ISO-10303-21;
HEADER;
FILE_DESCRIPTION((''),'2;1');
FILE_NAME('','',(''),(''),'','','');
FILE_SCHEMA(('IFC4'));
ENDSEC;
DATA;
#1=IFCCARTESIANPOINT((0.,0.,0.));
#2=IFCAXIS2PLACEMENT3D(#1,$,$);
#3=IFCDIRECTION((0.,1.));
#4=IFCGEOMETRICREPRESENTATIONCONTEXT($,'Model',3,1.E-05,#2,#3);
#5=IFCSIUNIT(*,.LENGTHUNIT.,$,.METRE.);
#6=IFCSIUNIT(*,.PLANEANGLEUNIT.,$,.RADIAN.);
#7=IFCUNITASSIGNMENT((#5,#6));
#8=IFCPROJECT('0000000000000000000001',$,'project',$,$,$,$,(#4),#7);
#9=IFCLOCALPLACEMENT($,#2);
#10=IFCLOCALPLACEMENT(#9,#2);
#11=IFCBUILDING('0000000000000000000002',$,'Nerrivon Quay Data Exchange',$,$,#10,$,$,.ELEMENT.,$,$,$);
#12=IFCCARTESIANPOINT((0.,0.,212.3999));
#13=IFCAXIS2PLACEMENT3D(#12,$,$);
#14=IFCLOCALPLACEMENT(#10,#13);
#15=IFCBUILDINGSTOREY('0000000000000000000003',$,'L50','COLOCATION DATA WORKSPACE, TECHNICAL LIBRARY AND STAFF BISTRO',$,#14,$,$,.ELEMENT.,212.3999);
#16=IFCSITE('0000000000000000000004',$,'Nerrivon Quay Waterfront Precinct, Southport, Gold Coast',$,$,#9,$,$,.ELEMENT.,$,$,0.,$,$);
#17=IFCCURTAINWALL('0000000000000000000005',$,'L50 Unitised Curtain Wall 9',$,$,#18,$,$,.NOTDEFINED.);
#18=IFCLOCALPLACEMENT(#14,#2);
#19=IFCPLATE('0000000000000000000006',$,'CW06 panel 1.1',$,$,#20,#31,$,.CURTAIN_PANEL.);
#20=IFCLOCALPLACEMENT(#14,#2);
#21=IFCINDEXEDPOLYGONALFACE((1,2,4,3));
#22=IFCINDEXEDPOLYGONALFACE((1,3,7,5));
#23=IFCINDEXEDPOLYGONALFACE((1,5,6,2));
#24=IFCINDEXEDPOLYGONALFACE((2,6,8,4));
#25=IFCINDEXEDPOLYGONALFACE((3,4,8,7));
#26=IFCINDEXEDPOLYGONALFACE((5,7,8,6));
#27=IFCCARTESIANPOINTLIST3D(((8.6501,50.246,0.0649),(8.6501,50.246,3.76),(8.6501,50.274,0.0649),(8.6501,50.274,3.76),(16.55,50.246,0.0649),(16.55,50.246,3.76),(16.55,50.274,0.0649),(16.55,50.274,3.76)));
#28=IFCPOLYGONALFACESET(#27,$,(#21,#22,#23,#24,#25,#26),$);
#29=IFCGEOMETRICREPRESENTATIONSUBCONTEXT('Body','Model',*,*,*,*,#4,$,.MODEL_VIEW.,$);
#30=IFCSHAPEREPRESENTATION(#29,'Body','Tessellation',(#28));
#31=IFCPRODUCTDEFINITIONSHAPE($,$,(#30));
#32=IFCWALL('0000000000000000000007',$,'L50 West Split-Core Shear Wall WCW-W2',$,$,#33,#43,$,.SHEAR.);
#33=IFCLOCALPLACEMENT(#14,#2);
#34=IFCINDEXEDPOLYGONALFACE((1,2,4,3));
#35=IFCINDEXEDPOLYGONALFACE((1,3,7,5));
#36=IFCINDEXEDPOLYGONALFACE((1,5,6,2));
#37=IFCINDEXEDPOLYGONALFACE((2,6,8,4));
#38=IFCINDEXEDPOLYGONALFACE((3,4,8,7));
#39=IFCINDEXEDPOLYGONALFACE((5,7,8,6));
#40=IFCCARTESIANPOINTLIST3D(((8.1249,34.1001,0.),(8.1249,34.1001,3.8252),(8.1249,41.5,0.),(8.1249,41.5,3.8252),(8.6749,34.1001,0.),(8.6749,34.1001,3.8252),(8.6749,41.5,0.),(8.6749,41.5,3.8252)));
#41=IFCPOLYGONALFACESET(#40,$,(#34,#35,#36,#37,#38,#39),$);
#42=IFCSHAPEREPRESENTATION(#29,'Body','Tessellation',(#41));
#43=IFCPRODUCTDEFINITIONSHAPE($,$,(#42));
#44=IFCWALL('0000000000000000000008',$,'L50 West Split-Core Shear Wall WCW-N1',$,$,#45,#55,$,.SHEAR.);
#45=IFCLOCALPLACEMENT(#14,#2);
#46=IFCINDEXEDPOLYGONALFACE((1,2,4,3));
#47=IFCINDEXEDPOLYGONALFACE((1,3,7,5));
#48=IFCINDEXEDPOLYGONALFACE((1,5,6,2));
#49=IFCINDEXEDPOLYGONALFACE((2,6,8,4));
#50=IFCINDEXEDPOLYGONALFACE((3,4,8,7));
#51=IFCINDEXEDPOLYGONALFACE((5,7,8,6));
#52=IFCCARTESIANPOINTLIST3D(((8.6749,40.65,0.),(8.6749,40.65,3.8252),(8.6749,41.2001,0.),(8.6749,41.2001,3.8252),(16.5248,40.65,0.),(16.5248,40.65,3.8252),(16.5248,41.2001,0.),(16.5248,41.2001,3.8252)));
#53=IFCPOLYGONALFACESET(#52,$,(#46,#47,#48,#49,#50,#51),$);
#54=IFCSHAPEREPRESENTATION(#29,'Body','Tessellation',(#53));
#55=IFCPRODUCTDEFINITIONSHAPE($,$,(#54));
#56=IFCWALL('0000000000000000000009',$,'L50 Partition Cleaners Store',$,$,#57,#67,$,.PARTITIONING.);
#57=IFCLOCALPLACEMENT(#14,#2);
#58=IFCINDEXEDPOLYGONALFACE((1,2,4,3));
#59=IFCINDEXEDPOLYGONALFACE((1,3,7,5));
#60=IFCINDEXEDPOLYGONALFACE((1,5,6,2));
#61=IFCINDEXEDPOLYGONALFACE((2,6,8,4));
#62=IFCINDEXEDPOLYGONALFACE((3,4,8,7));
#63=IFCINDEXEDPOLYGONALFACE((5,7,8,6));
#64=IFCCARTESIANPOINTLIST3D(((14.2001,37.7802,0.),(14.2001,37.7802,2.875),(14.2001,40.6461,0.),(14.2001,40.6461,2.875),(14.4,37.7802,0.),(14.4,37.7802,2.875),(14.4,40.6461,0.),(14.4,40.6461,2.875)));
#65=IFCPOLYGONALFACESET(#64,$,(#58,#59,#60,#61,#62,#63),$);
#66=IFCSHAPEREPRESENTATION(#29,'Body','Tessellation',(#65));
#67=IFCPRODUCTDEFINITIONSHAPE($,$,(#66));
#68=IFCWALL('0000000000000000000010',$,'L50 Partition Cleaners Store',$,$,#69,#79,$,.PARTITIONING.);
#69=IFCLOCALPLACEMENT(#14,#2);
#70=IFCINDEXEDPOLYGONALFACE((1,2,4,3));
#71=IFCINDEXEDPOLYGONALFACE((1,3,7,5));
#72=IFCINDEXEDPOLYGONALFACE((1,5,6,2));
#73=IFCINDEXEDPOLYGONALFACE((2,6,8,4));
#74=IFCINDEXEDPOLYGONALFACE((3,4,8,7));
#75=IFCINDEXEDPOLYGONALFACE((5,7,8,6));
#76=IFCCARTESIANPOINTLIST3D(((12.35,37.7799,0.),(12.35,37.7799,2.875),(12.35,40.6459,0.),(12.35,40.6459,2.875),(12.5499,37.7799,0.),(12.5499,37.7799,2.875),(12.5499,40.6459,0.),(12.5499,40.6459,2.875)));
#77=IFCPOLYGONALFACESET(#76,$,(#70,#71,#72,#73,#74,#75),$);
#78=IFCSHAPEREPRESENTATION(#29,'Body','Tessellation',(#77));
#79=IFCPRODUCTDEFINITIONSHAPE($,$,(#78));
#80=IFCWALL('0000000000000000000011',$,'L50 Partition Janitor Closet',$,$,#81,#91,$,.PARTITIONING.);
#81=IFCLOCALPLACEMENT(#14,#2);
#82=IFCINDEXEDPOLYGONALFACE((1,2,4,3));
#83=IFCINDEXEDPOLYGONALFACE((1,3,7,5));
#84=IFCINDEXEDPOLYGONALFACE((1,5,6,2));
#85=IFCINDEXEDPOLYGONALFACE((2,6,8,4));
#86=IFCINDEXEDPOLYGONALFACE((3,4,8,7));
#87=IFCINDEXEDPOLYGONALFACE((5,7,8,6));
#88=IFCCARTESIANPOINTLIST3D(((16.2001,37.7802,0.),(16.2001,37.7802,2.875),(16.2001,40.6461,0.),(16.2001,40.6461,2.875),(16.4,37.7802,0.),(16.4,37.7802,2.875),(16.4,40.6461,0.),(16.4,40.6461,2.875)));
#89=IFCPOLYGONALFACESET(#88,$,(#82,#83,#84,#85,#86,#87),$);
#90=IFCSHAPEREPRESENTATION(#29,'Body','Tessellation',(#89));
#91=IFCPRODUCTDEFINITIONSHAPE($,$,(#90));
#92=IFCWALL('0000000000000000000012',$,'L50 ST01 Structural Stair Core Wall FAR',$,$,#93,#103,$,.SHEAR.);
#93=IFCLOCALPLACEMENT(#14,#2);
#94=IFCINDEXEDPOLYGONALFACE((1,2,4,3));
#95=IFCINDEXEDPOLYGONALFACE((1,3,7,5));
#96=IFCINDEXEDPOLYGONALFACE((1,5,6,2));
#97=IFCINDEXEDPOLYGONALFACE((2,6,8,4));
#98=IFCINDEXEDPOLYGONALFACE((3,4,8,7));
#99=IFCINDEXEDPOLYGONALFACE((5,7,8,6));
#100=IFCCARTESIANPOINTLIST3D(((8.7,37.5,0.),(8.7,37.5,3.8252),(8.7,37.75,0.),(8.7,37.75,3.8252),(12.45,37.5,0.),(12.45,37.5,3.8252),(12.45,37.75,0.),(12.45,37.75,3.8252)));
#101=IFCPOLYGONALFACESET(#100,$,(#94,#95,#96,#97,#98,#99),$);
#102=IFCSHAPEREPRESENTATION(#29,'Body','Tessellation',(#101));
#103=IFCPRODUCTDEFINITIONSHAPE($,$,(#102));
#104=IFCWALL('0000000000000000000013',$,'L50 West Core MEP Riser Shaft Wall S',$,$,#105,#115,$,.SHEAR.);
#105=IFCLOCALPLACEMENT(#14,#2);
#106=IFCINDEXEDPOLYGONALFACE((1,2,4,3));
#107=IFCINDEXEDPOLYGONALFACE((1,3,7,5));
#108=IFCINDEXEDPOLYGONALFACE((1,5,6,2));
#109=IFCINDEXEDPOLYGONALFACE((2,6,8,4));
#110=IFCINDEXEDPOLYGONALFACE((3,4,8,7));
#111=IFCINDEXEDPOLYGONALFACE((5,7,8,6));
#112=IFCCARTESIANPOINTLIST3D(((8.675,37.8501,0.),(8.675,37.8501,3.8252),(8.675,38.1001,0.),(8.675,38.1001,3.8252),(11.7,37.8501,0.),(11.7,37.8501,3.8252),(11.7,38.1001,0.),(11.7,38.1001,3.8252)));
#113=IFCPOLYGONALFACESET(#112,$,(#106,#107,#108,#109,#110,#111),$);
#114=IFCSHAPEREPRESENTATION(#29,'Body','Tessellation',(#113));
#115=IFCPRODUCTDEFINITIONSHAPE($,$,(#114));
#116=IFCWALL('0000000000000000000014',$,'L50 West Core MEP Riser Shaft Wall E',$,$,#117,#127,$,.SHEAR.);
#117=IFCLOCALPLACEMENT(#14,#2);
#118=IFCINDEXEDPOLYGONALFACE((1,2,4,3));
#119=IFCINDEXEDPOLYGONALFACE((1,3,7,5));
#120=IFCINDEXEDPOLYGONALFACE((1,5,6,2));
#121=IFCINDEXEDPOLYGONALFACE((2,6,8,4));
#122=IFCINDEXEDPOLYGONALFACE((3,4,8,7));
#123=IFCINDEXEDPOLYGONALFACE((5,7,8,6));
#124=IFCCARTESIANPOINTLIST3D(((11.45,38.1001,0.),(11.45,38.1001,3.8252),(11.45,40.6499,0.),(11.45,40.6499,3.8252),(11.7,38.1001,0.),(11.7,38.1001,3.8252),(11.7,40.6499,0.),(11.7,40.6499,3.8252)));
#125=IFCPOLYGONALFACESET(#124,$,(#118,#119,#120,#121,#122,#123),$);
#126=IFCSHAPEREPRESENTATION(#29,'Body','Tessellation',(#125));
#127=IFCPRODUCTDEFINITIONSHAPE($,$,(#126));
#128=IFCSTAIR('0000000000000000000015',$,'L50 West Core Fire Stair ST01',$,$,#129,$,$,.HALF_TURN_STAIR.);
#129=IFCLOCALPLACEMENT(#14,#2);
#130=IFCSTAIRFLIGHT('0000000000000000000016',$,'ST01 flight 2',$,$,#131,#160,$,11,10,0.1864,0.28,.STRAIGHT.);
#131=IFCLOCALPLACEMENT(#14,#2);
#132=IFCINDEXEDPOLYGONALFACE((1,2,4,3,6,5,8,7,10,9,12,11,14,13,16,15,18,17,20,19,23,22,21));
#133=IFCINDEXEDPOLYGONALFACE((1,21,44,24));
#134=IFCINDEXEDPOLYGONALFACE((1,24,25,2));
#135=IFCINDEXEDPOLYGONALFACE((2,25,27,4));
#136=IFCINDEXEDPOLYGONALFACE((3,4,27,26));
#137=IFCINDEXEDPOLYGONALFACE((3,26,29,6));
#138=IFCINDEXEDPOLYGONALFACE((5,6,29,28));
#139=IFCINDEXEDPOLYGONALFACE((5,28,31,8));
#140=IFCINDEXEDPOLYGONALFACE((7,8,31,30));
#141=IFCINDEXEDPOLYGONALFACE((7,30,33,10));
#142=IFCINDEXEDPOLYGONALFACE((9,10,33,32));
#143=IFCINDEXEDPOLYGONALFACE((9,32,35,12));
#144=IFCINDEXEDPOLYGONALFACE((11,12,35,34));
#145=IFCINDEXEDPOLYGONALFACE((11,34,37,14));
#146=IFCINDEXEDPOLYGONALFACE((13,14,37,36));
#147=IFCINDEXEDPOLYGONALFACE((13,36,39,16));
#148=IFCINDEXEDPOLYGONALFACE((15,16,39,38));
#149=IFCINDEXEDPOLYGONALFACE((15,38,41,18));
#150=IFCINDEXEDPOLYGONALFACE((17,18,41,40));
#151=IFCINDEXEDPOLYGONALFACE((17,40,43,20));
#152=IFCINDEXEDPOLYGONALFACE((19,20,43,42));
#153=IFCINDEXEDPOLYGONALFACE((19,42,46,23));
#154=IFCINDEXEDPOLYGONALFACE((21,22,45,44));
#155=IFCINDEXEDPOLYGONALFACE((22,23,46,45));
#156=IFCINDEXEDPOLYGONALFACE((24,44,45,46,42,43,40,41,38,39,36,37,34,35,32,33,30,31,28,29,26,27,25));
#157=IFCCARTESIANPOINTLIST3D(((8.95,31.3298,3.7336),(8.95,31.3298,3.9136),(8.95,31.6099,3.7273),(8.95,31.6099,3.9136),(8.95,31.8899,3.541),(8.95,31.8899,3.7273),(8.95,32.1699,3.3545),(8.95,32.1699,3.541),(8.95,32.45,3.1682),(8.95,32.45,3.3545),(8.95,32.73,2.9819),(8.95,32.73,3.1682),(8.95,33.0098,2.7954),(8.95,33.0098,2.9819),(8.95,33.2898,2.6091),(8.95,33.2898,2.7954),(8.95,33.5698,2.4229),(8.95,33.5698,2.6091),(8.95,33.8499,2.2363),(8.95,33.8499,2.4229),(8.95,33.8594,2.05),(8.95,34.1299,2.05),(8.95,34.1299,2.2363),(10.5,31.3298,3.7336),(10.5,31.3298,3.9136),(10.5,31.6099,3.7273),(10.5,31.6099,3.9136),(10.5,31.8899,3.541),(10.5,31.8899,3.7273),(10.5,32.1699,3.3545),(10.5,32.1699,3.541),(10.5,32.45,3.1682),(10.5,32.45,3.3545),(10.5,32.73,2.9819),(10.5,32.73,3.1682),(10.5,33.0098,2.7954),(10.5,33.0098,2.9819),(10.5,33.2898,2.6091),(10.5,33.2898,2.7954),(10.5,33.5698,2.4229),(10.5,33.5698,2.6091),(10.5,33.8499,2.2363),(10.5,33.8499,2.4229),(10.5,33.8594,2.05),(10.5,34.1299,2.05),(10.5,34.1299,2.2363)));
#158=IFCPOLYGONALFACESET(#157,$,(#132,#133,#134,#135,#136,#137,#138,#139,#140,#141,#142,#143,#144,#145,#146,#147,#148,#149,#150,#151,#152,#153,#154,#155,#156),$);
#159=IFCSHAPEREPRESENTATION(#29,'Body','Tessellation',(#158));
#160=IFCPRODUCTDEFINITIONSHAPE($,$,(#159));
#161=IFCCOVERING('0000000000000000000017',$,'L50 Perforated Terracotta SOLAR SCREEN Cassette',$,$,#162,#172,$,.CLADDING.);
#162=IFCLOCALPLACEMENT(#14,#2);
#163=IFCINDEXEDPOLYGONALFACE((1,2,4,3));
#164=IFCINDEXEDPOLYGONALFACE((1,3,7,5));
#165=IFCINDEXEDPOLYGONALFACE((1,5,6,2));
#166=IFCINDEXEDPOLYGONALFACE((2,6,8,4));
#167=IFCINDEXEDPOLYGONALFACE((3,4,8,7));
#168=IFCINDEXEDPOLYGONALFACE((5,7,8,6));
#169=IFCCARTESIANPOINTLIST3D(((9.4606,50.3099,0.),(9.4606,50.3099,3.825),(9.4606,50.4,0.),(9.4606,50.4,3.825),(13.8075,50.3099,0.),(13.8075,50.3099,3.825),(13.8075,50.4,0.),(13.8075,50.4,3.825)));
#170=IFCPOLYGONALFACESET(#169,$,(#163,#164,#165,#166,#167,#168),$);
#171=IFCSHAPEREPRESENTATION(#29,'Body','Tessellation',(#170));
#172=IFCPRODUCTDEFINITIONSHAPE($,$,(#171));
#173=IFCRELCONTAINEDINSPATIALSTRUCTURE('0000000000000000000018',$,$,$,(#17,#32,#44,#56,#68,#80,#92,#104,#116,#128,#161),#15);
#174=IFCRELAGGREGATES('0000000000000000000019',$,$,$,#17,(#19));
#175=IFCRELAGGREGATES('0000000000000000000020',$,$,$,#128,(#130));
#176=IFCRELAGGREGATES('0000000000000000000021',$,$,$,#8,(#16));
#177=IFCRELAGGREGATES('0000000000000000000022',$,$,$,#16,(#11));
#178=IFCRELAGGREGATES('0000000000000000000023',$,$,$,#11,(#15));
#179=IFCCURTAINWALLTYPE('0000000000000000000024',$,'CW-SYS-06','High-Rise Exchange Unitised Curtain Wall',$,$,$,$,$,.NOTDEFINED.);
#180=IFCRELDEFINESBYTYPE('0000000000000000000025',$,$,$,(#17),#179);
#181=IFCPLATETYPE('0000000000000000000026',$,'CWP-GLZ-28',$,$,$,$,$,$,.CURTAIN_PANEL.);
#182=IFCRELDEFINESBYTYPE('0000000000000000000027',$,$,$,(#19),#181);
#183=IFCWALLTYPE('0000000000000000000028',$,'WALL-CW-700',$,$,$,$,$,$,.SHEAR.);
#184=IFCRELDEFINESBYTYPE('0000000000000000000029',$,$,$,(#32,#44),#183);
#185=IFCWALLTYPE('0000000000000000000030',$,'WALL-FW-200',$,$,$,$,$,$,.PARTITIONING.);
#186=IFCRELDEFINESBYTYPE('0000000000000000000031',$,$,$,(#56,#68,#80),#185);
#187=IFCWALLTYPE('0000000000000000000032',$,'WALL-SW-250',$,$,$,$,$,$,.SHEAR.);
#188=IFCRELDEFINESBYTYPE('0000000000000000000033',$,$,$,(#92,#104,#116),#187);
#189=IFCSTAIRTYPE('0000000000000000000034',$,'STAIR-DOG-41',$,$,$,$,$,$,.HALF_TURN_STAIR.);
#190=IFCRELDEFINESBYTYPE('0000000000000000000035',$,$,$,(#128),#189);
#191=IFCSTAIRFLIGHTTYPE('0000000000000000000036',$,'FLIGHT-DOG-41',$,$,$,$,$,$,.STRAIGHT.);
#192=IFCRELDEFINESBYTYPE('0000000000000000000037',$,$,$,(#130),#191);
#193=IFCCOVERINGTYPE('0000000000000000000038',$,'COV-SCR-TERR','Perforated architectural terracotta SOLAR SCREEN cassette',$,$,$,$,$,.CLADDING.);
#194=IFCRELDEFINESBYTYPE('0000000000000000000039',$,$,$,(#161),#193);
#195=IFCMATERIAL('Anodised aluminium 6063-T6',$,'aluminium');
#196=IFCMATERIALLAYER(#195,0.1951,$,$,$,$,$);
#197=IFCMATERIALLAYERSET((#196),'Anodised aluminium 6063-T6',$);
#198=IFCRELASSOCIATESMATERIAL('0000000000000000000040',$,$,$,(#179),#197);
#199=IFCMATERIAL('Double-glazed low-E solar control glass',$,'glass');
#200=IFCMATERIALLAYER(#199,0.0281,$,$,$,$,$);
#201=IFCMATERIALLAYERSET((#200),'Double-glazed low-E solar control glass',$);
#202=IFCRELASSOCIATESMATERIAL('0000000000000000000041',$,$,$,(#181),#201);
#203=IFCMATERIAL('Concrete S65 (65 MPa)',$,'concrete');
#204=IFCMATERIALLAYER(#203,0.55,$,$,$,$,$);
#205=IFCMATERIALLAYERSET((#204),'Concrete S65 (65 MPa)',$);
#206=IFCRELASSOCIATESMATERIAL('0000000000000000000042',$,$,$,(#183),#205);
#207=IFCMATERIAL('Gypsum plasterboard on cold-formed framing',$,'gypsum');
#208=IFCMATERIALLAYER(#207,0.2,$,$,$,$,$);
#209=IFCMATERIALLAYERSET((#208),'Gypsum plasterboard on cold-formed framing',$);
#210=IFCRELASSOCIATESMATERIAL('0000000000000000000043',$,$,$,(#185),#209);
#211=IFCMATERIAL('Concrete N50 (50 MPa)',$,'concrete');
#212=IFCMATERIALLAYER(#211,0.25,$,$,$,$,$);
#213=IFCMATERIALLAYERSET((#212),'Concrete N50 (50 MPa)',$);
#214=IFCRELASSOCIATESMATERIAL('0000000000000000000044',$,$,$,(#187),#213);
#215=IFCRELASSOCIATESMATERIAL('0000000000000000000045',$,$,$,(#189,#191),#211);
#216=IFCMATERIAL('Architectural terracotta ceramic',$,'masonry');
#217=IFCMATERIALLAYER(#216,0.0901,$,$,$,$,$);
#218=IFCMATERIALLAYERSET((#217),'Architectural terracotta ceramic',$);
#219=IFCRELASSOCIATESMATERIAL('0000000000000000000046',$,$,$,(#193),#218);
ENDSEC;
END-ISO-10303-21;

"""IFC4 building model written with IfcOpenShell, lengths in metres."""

from ifc_helpers import new_model, si_unit, direction, frame, frame_2d, origin, origin_2d, place, context, subcontext, project, spatial, polyline, rectangle, outline, extrude, material, layer, layer_set, type_object, element, aggregate, save


model = new_model("IFC4")

# Units and contexts
model_context = context("Model", 3, precision=1e-05, world=origin(), true_north=direction((0.0, 1.0)))
body_context = subcontext(model_context, "Body", "Model", "MODEL_VIEW")
ifc_project = project(units=[si_unit("LENGTHUNIT", "METRE"), si_unit("PLANEANGLEUNIT", "RADIAN")], contexts=[model_context])

# Site, building, storey
site_placement = place(None, origin())
site = spatial("IfcSite", under=ifc_project, at=site_placement, Name="Nerrivon Quay Waterfront Precinct, Southport, Gold Coast", CompositionType="ELEMENT", RefElevation=0.0)
building_placement = place(site_placement, origin())
building = spatial("IfcBuilding", under=site, at=building_placement, Name="Nerrivon Quay Data Exchange", CompositionType="ELEMENT")
storey_placement = place(building_placement, frame((0.0, 0.0, 212.3999)))
storey = spatial("IfcBuildingStorey", under=building, at=storey_placement, Name="L50", Description="COLOCATION DATA WORKSPACE, TECHNICAL LIBRARY AND STAFF BISTRO", CompositionType="ELEMENT", Elevation=212.3999)

# Shared definitions
ifc_material_1 = material(Name="Concrete S65 (65 MPa)", Category="concrete")

# Shared definitions
ifc_material_2 = material(Name="Concrete N50 (50 MPa)", Category="concrete")

# Curtain wall, plate
ifc_material_3 = material(Name="Anodised aluminium 6063-T6", Category="aluminium")
ifc_layer_1 = layer(ifc_material_3, 0.1951)
ifc_layer_set_1 = layer_set([ifc_layer_1], Name="Anodised aluminium 6063-T6")
curtain_wall_type = type_object("IfcCurtainWallType", Name="CW-SYS-06", Description="High-Rise Exchange Unitised Curtain Wall", PredefinedType="NOTDEFINED", material=ifc_layer_set_1)
curtain_wall_placement = place(storey_placement, origin())
curtain_wall = element("IfcCurtainWall", 1, at=curtain_wall_placement, inside=storey, type_object=curtain_wall_type, Name="L50 Unitised Curtain Wall 9", PredefinedType="NOTDEFINED")
ifc_material_4 = material(Name="Double-glazed low-E solar control glass", Category="glass")
ifc_layer_2 = layer(ifc_material_4, 0.0281)
ifc_layer_set_2 = layer_set([ifc_layer_2], Name="Double-glazed low-E solar control glass")
plate_type = type_object("IfcPlateType", Name="CWP-GLZ-28", PredefinedType="CURTAIN_PANEL", material=ifc_layer_set_2)
plate_placement = place(storey_placement, frame((12.6001, 50.26, 0.0649), z_axis=(0.0, 0.0, 1.0), x_axis=(1.0, 0.0, 0.0)))
plate = element("IfcPlate", 2, at=plate_placement, type_object=plate_type, Name="CW06 panel 1.1", PredefinedType="CURTAIN_PANEL", context=body_context, shape_type="SweptSolid", body=[
    extrude(rectangle(XDim=7.8999, YDim=0.0281, at=origin_2d()), origin(), (0.0, 0.0, 1.0), 3.6951),
])
aggregate(curtain_wall, [plate])

# Walls
ifc_layer_3 = layer(ifc_material_1, 0.55)
ifc_layer_set_3 = layer_set([ifc_layer_3], Name="Concrete S65 (65 MPa)")
wall_type_1 = type_object("IfcWallType", Name="WALL-CW-700", PredefinedType="SHEAR", material=ifc_layer_set_3)
wall_1_placement = place(storey_placement, frame((8.3999, 34.1001, 0.0), z_axis=(0.0, 0.0, 1.0), x_axis=(0.0, 1.0, 0.0)))
element("IfcWall", 3, at=wall_1_placement, inside=storey, type_object=wall_type_1, Name="L50 West Split-Core Shear Wall WCW-W2", PredefinedType="SHEAR", context=body_context, shape_type="SweptSolid", body=[
    extrude(rectangle(XDim=7.3999, YDim=0.55, at=frame_2d((3.7, 0.0))), origin(), (0.0, 0.0, 1.0), 3.8252),
])
wall_2_placement = place(storey_placement, frame((8.675, 40.925, 0.0), z_axis=(0.0, 0.0, 1.0), x_axis=(1.0, 0.0, 0.0)))
element("IfcWall", 4, at=wall_2_placement, inside=storey, type_object=wall_type_1, Name="L50 West Split-Core Shear Wall WCW-N1", PredefinedType="SHEAR", context=body_context, shape_type="SweptSolid", body=[
    extrude(rectangle(XDim=7.8499, YDim=0.55, at=frame_2d((3.9248, 0.0))), origin(), (0.0, 0.0, 1.0), 3.8252),
])
ifc_material_5 = material(Name="Gypsum plasterboard on cold-formed framing", Category="gypsum")
ifc_layer_4 = layer(ifc_material_5, 0.2)
ifc_layer_set_4 = layer_set([ifc_layer_4], Name="Gypsum plasterboard on cold-formed framing")
wall_type_2 = type_object("IfcWallType", Name="WALL-FW-200", PredefinedType="PARTITIONING", material=ifc_layer_set_4)
for number, where, z_axis, x_axis, name in (
    (5, (14.3, 37.78, 0.0), (0.0, 0.0, 1.0), (0.0, 1.0, 0.0), "L50 Partition Cleaners Store"),
    (6, (12.45, 40.646, 0.0), (0.0, 0.0, 1.0), (0.0, -1.0, 0.0), "L50 Partition Cleaners Store"),
    (7, (16.3, 37.78, 0.0), (0.0, 0.0, 1.0), (0.0, 1.0, 0.0), "L50 Partition Janitor Closet"),
):
    element("IfcWall", number, at=place(storey_placement, frame(where, z_axis=z_axis, x_axis=x_axis)), inside=storey, type_object=wall_type_2, Name=name, PredefinedType="PARTITIONING", context=body_context, shape_type="SweptSolid", body=[
        extrude(rectangle(XDim=2.866, YDim=0.2, at=frame_2d((1.4331, 0.0))), origin(), (0.0, 0.0, 1.0), 2.875),
    ])
ifc_layer_5 = layer(ifc_material_2, 0.25)
ifc_layer_set_5 = layer_set([ifc_layer_5], Name="Concrete N50 (50 MPa)")
wall_type_3 = type_object("IfcWallType", Name="WALL-SW-250", PredefinedType="SHEAR", material=ifc_layer_set_5)
wall_3_placement = place(storey_placement, frame((12.45, 37.625, 0.0), z_axis=(0.0, 0.0, 1.0), x_axis=(-1.0, 0.0, 0.0)))
element("IfcWall", 8, at=wall_3_placement, inside=storey, type_object=wall_type_3, Name="L50 ST01 Structural Stair Core Wall FAR", PredefinedType="SHEAR", context=body_context, shape_type="SweptSolid", body=[
    extrude(rectangle(XDim=3.75, YDim=0.25, at=frame_2d((1.875, 0.0))), origin(), (0.0, 0.0, 1.0), 3.8252),
])
wall_4_placement = place(storey_placement, frame((8.675, 37.9751, 0.0), z_axis=(0.0, 0.0, 1.0), x_axis=(1.0, 0.0, 0.0)))
element("IfcWall", 9, at=wall_4_placement, inside=storey, type_object=wall_type_3, Name="L50 West Core MEP Riser Shaft Wall S", PredefinedType="SHEAR", context=body_context, shape_type="SweptSolid", body=[
    extrude(rectangle(XDim=3.0249, YDim=0.25, at=frame_2d((1.5125, 0.0))), origin(), (0.0, 0.0, 1.0), 3.8252),
])
wall_5_placement = place(storey_placement, frame((11.575, 38.1001, 0.0), z_axis=(0.0, 0.0, 1.0), x_axis=(0.0, 1.0, 0.0)))
element("IfcWall", 10, at=wall_5_placement, inside=storey, type_object=wall_type_3, Name="L50 West Core MEP Riser Shaft Wall E", PredefinedType="SHEAR", context=body_context, shape_type="SweptSolid", body=[
    extrude(rectangle(XDim=2.5498, YDim=0.25, at=frame_2d((1.2749, 0.0))), origin(), (0.0, 0.0, 1.0), 3.8252),
])

# Stair, stair flight
stair_type = type_object("IfcStairType", Name="STAIR-DOG-41", PredefinedType="HALF_TURN_STAIR", material=ifc_material_2)
stair_placement = place(storey_placement, origin())
stair = element("IfcStair", 11, at=stair_placement, inside=storey, type_object=stair_type, Name="L50 West Core Fire Stair ST01", PredefinedType="HALF_TURN_STAIR")
stair_flight_type = type_object("IfcStairFlightType", Name="FLIGHT-DOG-41", PredefinedType="STRAIGHT", material=ifc_material_2)
stair_flight_placement = place(storey_placement, frame((9.7251, 34.1299, 2.05), z_axis=(0.0, 0.0, 1.0), x_axis=(0.0, -1.0, 0.0)))
stair_flight = element("IfcStairFlight", 12, at=stair_flight_placement, type_object=stair_flight_type, Name="ST01 flight 2", NumberOfRisers=11, NumberOfTreads=10, PredefinedType="STRAIGHT", RiserHeight=0.1864, TreadLength=0.28, context=body_context, shape_type="SweptSolid", body=[
    extrude(outline(polyline([(0.0, 0.0), (0.0, 0.1863), (0.28, 0.1863), (0.28, 0.3728), (0.5601, 0.3728), (0.5601, 0.5591), (0.8401, 0.5591), (0.8401, 0.7454), (1.1201, 0.7454), (1.1201, 0.9319), (1.3999, 0.9319), (1.3999, 1.1182), (1.6799, 1.1182), (1.6799, 1.3044), (1.96, 1.3044), (1.96, 1.491), (2.24, 1.491), (2.24, 1.6772), (2.52, 1.6772), (2.52, 1.8635), (2.8, 1.8635), (2.8, 2.05), (2.8, 1.6836), (0.2705, 0.0), (0.0, 0.0)])), frame((0.0, 0.7749, 0.0), z_axis=(0.0, -1.0, 0.0), x_axis=(1.0, 0.0, 0.0)), (0.0, 0.0, 1.0), 1.55),
])
aggregate(stair, [stair_flight])

# Covering
ifc_material_6 = material(Name="Architectural terracotta ceramic", Category="masonry")
ifc_layer_6 = layer(ifc_material_6, 0.0901)
ifc_layer_set_6 = layer_set([ifc_layer_6], Name="Architectural terracotta ceramic")
covering_type = type_object("IfcCoveringType", Name="COV-SCR-TERR", Description="Perforated architectural terracotta SOLAR SCREEN cassette", PredefinedType="CLADDING", material=ifc_layer_set_6)
covering_placement = place(storey_placement, frame((11.634, 50.355, 0.0), z_axis=(0.0, 0.0, 1.0), x_axis=(1.0, 0.0, 0.0)))
element("IfcCovering", 13, at=covering_placement, inside=storey, type_object=covering_type, Name="L50 Perforated Terracotta SOLAR SCREEN Cassette", PredefinedType="CLADDING", context=body_context, shape_type="SweptSolid", body=[
    extrude(rectangle(XDim=4.3469, YDim=0.0901, at=origin_2d()), origin(), (0.0, 0.0, 1.0), 3.825),
])

save(model, "model.ifc")
